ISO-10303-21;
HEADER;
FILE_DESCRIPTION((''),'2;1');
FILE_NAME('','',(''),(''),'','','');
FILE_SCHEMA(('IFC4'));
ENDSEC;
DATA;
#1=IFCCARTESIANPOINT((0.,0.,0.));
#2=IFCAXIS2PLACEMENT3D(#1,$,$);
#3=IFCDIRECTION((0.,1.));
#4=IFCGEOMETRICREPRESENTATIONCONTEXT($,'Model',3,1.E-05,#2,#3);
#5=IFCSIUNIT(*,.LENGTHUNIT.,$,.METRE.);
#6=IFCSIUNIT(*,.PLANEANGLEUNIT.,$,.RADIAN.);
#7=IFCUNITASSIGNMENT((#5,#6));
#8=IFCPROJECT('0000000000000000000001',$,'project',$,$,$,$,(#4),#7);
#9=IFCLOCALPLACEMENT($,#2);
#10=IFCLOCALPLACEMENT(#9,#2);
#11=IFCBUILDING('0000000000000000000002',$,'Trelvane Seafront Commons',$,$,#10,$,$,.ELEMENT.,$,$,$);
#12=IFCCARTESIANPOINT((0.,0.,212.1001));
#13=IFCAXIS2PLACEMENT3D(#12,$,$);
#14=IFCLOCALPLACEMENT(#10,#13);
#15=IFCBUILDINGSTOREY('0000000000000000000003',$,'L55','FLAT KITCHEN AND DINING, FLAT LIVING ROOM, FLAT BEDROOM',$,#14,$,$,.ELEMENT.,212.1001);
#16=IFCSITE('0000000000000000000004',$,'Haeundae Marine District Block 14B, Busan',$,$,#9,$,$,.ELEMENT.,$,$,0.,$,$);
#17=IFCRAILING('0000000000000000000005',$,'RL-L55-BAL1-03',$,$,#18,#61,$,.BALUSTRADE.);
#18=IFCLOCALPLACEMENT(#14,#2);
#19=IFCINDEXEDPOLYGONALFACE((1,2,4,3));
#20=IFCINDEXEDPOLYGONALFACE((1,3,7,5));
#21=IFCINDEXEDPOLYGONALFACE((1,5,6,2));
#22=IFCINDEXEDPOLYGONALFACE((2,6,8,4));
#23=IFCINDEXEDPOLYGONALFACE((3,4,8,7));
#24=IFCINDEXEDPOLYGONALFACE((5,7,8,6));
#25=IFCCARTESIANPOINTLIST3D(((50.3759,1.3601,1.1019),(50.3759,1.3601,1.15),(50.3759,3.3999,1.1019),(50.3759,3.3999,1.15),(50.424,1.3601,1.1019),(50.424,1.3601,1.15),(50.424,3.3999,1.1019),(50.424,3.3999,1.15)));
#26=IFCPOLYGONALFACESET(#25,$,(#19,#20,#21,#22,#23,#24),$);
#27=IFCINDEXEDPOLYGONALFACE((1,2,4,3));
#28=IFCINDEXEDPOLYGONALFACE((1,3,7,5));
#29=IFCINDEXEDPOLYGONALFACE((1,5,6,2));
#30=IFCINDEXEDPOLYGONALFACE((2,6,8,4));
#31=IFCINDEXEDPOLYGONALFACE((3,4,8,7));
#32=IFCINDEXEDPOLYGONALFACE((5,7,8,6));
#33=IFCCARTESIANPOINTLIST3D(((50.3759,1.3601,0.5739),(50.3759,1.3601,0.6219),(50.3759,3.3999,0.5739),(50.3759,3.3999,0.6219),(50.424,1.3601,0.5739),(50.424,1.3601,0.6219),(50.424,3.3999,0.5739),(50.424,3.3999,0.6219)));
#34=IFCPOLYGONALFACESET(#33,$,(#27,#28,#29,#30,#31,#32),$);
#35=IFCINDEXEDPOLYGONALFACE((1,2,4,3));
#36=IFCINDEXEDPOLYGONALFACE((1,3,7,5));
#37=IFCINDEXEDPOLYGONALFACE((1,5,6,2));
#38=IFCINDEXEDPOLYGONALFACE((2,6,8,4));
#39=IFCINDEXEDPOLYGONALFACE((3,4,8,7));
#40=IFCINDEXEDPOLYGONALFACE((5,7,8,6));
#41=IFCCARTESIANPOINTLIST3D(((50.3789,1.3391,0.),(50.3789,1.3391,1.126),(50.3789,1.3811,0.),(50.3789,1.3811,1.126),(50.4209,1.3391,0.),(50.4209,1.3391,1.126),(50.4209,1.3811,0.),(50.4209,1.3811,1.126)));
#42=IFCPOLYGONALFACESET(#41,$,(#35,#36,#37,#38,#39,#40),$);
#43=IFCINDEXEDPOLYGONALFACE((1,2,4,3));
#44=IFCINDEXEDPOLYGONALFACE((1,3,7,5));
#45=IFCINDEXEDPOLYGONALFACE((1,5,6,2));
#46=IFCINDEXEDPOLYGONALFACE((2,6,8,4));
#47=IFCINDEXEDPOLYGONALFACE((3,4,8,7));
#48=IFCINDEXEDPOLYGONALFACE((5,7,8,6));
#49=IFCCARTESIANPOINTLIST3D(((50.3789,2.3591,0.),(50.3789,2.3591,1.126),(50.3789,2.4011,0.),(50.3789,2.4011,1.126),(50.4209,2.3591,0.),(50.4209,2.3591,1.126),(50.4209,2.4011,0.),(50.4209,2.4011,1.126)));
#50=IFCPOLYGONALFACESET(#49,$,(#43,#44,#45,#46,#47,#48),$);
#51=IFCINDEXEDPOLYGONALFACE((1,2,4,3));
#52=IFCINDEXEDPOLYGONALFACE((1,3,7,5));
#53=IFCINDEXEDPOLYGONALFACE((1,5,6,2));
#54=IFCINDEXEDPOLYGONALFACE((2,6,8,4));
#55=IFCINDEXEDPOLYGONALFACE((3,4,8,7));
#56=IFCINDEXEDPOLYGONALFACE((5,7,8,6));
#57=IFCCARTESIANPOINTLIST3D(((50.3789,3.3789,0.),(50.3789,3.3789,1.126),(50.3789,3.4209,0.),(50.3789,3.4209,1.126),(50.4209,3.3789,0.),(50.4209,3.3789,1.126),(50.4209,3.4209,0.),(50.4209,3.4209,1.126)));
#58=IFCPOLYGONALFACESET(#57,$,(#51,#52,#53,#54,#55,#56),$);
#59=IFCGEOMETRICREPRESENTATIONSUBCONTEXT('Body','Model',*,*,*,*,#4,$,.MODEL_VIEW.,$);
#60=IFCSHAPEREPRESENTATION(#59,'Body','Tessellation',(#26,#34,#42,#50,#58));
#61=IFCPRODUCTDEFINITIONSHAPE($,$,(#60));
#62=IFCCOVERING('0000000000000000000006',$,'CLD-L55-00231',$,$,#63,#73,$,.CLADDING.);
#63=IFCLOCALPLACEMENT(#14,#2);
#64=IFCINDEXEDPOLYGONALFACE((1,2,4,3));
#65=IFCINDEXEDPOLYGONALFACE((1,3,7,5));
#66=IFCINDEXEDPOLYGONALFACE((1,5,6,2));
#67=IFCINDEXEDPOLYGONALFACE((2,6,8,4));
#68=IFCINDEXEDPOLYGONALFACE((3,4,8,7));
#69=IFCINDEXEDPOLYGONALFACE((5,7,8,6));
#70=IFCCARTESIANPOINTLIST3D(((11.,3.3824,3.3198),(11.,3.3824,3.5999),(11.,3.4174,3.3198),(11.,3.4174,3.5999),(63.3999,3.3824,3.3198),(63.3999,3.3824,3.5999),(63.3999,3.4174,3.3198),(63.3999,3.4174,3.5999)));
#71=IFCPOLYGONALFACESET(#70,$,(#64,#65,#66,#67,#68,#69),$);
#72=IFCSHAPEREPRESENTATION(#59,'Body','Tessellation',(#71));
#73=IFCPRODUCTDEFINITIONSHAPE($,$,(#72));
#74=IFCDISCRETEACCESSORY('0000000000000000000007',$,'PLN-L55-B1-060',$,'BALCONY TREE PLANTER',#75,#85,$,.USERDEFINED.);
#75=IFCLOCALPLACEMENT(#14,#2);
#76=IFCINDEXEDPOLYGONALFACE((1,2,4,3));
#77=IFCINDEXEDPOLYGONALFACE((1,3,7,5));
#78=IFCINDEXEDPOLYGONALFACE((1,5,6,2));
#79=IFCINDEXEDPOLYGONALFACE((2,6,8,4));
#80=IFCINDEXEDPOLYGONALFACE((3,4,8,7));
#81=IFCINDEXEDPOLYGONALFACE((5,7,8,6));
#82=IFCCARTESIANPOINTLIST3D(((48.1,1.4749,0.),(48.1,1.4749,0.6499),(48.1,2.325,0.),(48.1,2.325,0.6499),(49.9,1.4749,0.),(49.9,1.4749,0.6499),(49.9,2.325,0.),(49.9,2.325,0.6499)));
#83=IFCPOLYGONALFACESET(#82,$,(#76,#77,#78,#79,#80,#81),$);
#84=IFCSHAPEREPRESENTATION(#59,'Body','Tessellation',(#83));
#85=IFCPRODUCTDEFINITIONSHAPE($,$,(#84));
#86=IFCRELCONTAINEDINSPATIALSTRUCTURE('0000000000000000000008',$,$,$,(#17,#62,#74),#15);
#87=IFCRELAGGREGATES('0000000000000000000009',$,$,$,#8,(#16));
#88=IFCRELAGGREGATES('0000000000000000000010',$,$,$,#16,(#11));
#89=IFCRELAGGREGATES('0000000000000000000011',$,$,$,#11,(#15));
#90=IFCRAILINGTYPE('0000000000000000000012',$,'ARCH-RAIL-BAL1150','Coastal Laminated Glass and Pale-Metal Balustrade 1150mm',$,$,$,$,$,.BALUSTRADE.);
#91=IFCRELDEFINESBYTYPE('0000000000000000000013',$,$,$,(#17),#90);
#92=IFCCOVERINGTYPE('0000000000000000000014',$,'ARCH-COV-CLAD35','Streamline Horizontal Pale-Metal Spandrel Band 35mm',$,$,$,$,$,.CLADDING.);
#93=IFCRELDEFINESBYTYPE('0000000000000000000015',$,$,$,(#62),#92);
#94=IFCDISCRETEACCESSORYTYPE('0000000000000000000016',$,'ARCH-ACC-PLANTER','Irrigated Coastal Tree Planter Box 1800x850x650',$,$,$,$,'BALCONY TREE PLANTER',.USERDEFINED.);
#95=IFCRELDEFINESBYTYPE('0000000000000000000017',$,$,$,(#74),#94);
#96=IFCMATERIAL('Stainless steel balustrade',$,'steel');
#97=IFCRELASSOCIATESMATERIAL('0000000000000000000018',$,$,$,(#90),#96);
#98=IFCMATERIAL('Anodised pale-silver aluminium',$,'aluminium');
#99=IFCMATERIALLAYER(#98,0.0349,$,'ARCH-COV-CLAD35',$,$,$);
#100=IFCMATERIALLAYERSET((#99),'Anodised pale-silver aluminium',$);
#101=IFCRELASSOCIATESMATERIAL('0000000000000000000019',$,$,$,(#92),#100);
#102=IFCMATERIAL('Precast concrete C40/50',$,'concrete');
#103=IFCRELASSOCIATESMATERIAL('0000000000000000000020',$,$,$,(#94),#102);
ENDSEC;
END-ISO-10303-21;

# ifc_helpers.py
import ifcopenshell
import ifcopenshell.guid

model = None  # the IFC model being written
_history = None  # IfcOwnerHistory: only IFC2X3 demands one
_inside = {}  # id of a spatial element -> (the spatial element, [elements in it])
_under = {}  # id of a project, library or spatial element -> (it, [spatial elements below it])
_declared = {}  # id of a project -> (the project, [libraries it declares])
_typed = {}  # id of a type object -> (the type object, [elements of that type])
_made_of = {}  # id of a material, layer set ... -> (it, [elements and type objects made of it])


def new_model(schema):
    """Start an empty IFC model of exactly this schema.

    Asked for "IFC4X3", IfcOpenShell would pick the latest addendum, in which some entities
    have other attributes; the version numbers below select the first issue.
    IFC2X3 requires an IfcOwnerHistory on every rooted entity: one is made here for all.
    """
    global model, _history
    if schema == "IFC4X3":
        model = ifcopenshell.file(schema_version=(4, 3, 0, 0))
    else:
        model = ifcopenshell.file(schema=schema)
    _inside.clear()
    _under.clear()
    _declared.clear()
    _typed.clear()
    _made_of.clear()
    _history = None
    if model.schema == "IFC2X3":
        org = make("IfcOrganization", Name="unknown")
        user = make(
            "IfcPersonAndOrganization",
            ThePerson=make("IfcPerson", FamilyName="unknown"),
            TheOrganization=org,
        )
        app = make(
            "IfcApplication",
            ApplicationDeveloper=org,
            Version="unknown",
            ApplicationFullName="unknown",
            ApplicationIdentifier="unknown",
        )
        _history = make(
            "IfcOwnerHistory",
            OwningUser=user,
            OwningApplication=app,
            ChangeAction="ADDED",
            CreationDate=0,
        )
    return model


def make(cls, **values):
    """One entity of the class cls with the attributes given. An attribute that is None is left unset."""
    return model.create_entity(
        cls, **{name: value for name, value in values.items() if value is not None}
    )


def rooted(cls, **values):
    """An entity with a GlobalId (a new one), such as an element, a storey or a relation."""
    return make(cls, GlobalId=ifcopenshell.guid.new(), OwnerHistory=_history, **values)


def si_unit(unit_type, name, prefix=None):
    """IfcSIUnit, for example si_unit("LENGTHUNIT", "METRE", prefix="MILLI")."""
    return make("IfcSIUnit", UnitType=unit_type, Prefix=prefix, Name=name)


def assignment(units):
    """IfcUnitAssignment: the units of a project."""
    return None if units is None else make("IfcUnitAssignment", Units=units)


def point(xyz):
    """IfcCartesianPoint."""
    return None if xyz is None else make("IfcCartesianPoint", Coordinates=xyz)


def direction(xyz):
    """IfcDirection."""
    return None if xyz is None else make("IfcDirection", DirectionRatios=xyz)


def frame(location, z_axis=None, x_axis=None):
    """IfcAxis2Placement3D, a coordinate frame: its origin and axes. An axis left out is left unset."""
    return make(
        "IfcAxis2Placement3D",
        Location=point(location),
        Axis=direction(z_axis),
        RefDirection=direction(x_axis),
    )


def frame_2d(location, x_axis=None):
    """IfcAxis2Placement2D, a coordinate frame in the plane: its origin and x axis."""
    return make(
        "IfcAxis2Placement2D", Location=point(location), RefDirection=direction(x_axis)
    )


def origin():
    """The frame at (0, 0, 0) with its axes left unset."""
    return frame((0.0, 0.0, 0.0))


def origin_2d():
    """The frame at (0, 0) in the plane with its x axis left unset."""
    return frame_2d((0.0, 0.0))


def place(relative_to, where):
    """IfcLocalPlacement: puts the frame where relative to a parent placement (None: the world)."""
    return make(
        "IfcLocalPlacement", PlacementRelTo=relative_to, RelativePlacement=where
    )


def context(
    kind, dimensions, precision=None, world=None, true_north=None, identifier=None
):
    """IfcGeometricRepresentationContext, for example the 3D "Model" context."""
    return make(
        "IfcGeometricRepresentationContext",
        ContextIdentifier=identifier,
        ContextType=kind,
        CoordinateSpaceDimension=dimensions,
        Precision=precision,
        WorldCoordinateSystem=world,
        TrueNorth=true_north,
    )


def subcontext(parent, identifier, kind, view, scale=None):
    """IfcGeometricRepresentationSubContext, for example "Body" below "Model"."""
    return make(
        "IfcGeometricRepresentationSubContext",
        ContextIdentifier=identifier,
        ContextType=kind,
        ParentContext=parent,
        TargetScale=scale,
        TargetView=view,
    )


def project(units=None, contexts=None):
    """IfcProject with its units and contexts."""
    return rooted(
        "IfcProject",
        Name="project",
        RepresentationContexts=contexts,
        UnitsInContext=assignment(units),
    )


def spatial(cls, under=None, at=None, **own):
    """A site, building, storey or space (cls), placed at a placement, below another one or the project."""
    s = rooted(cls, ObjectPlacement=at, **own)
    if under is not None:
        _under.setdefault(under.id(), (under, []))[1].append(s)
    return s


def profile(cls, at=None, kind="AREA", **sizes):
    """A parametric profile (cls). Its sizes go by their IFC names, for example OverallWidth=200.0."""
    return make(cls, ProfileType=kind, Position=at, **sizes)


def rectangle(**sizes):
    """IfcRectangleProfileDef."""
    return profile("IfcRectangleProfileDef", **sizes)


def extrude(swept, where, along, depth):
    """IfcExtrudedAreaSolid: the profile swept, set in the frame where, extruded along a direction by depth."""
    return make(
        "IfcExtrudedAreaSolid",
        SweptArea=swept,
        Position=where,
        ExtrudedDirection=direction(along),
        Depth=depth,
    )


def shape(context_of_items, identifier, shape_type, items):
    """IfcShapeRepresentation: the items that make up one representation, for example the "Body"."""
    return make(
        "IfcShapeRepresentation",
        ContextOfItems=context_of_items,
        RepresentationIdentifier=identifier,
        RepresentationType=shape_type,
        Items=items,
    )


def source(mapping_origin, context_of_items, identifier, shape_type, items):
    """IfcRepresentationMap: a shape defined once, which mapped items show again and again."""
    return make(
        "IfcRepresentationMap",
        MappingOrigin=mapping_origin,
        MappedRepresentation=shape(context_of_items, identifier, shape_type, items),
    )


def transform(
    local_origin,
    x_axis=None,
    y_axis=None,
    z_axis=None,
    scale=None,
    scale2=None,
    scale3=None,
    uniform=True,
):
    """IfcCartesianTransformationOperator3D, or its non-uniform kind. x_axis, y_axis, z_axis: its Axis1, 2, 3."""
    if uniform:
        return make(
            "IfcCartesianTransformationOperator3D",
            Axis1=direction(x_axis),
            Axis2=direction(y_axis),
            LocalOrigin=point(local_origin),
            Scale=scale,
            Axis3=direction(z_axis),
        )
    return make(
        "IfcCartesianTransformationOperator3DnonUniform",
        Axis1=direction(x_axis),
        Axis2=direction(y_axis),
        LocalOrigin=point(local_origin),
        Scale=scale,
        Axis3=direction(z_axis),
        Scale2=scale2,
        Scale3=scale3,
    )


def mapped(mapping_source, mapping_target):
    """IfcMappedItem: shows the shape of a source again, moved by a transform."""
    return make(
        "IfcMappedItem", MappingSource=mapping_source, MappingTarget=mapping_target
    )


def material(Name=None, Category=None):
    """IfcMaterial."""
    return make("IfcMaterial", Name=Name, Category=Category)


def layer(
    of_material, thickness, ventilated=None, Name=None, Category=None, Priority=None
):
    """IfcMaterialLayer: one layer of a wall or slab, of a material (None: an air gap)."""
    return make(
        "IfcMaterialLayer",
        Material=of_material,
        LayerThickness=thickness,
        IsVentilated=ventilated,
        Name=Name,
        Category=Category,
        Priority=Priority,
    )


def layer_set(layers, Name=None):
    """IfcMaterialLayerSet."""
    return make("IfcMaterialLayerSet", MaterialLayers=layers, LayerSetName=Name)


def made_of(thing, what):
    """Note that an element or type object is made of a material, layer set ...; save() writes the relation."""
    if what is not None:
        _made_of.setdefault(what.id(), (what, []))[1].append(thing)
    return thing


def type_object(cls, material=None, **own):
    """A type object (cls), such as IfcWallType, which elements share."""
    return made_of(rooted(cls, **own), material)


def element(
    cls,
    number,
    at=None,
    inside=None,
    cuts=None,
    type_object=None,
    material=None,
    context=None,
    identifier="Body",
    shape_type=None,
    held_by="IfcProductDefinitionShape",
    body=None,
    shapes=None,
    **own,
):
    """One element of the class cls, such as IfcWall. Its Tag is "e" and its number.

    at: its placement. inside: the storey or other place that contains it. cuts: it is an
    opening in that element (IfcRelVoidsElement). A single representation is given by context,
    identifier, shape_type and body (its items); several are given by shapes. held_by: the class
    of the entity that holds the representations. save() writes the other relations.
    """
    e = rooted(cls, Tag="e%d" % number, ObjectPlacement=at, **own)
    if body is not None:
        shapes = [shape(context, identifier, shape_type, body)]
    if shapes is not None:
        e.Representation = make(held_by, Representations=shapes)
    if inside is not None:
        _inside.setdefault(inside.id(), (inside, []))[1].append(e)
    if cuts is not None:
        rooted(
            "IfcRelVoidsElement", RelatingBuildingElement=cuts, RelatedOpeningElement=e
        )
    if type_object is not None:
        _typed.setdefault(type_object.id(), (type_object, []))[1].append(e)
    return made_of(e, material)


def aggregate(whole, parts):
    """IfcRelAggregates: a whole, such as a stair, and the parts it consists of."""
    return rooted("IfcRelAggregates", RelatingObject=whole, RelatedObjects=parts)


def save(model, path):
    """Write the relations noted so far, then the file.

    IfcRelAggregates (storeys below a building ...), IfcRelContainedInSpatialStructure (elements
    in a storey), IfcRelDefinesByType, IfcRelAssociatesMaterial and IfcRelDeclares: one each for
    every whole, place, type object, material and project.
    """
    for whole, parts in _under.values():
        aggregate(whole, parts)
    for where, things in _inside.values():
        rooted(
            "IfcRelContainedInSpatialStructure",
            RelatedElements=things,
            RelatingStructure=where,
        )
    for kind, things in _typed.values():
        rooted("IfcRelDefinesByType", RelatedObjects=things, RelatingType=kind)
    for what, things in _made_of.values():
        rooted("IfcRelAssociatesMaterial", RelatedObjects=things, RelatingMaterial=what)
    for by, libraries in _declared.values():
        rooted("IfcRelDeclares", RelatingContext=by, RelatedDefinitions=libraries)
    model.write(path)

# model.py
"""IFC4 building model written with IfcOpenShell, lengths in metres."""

from ifc_helpers import new_model, si_unit, direction, frame, origin, origin_2d, place, context, subcontext, project, spatial, rectangle, extrude, source, transform, mapped, material, layer, layer_set, type_object, element, save


model = new_model("IFC4")

# Units and contexts
model_context = context("Model", 3, precision=1e-05, world=origin(), true_north=direction((0.0, 1.0)))
body_context = subcontext(model_context, "Body", "Model", "MODEL_VIEW")
ifc_project = project(units=[si_unit("LENGTHUNIT", "METRE"), si_unit("PLANEANGLEUNIT", "RADIAN")], contexts=[model_context])

# Site, building, storey
site_placement = place(None, origin())
site = spatial("IfcSite", under=ifc_project, at=site_placement, Name="Haeundae Marine District Block 14B, Busan", CompositionType="ELEMENT", RefElevation=0.0)
building_placement = place(site_placement, origin())
building = spatial("IfcBuilding", under=site, at=building_placement, Name="Trelvane Seafront Commons", CompositionType="ELEMENT")
storey_placement = place(building_placement, frame((0.0, 0.0, 212.1001)))
storey = spatial("IfcBuildingStorey", under=building, at=storey_placement, Name="L55", Description="FLAT KITCHEN AND DINING, FLAT LIVING ROOM, FLAT BEDROOM", CompositionType="ELEMENT", Elevation=212.1001)

# Shared definitions
ifc_material_1 = material(Name="Anodised pale-silver aluminium", Category="aluminium")

# Railing
ifc_material_2 = material(Name="Stainless steel balustrade", Category="steel")
railing_type = type_object("IfcRailingType", Name="ARCH-RAIL-BAL1150", Description="Coastal Laminated Glass and Pale-Metal Balustrade 1150mm", PredefinedType="BALUSTRADE", material=ifc_material_2)
railing_1_placement = place(storey_placement, frame((50.3999, 1.3601, 0.0)))
element("IfcRailing", 1, at=railing_1_placement, inside=storey, type_object=railing_type, Name="RL-L55-BAL1-03", PredefinedType="BALUSTRADE", context=body_context, shape_type="SweptSolid", body=[
    extrude(rectangle(XDim=0.0481, YDim=0.0481, at=origin_2d()), frame((0.0, 0.0, 1.126), z_axis=(0.0, 1.0, 0.0), x_axis=(-1.0, 0.0, 0.0)), (0.0, 0.0, 1.0), 2.0398),
    extrude(rectangle(XDim=0.0481, YDim=0.0481, at=origin_2d()), frame((0.0, 0.0, 0.5979), z_axis=(0.0, 1.0, 0.0), x_axis=(-1.0, 0.0, 0.0)), (0.0, 0.0, 1.0), 2.0398),
    extrude(rectangle(XDim=0.042, YDim=0.042, at=origin_2d()), origin(), (0.0, 0.0, 1.0), 1.126),
    extrude(rectangle(XDim=0.042, YDim=0.042, at=origin_2d()), frame((0.0, 1.02, 0.0)), (0.0, 0.0, 1.0), 1.126),
    extrude(rectangle(XDim=0.042, YDim=0.042, at=origin_2d()), frame((0.0, 2.0398, 0.0)), (0.0, 0.0, 1.0), 1.126),
])

# Covering
ifc_layer_1 = layer(ifc_material_1, 0.0349, Name="ARCH-COV-CLAD35")
ifc_layer_set_1 = layer_set([ifc_layer_1], Name="Anodised pale-silver aluminium")
covering_type = type_object("IfcCoveringType", Name="ARCH-COV-CLAD35", Description="Streamline Horizontal Pale-Metal Spandrel Band 35mm", PredefinedType="CLADDING", material=ifc_layer_set_1)
shared_shape_1 = source(origin(), body_context, "Body", "SweptSolid", [
    extrude(rectangle(XDim=52.3999, YDim=0.0349, at=origin_2d()), origin(), (0.0, 0.0, 1.0), 0.28),
])
covering_placement = place(storey_placement, frame((37.2, 3.3999, 3.3198), z_axis=(0.0, 0.0, 1.0), x_axis=(-1.0, 0.0, 0.0)))
element("IfcCovering", 2, at=covering_placement, inside=storey, type_object=covering_type, Name="CLD-L55-00231", PredefinedType="CLADDING", context=body_context, shape_type="MappedRepresentation", body=[
    mapped(shared_shape_1, transform((0.0, 0.0, 0.0), x_axis=(1.0, 0.0, 0.0), y_axis=(0.0, 1.0, 0.0), z_axis=(0.0, 0.0, 1.0), scale=1.0)),
])

# Discrete accessory
ifc_material_3 = material(Name="Precast concrete C40/50", Category="concrete")
discrete_accessory_type = type_object("IfcDiscreteAccessoryType", Name="ARCH-ACC-PLANTER", Description="Irrigated Coastal Tree Planter Box 1800x850x650", ElementType="BALCONY TREE PLANTER", PredefinedType="USERDEFINED", material=ifc_material_3)
shared_shape_2 = source(origin(), body_context, "Body", "SweptSolid", [
    extrude(rectangle(XDim=1.8, YDim=0.8501, at=origin_2d()), origin(), (0.0, 0.0, 1.0), 0.6499),
])
discrete_accessory_placement = place(storey_placement, frame((49.0, 1.8999, 0.0), z_axis=(0.0, 0.0, 1.0), x_axis=(1.0, 0.0, 0.0)))
element("IfcDiscreteAccessory", 3, at=discrete_accessory_placement, inside=storey, type_object=discrete_accessory_type, Name="PLN-L55-B1-060", ObjectType="BALCONY TREE PLANTER", PredefinedType="USERDEFINED", context=body_context, shape_type="MappedRepresentation", body=[
    mapped(shared_shape_2, transform((0.0, 0.0, 0.0), x_axis=(1.0, 0.0, 0.0), y_axis=(0.0, 1.0, 0.0), z_axis=(0.0, 0.0, 1.0), scale=1.0)),
])

save(model, "model.ifc")
